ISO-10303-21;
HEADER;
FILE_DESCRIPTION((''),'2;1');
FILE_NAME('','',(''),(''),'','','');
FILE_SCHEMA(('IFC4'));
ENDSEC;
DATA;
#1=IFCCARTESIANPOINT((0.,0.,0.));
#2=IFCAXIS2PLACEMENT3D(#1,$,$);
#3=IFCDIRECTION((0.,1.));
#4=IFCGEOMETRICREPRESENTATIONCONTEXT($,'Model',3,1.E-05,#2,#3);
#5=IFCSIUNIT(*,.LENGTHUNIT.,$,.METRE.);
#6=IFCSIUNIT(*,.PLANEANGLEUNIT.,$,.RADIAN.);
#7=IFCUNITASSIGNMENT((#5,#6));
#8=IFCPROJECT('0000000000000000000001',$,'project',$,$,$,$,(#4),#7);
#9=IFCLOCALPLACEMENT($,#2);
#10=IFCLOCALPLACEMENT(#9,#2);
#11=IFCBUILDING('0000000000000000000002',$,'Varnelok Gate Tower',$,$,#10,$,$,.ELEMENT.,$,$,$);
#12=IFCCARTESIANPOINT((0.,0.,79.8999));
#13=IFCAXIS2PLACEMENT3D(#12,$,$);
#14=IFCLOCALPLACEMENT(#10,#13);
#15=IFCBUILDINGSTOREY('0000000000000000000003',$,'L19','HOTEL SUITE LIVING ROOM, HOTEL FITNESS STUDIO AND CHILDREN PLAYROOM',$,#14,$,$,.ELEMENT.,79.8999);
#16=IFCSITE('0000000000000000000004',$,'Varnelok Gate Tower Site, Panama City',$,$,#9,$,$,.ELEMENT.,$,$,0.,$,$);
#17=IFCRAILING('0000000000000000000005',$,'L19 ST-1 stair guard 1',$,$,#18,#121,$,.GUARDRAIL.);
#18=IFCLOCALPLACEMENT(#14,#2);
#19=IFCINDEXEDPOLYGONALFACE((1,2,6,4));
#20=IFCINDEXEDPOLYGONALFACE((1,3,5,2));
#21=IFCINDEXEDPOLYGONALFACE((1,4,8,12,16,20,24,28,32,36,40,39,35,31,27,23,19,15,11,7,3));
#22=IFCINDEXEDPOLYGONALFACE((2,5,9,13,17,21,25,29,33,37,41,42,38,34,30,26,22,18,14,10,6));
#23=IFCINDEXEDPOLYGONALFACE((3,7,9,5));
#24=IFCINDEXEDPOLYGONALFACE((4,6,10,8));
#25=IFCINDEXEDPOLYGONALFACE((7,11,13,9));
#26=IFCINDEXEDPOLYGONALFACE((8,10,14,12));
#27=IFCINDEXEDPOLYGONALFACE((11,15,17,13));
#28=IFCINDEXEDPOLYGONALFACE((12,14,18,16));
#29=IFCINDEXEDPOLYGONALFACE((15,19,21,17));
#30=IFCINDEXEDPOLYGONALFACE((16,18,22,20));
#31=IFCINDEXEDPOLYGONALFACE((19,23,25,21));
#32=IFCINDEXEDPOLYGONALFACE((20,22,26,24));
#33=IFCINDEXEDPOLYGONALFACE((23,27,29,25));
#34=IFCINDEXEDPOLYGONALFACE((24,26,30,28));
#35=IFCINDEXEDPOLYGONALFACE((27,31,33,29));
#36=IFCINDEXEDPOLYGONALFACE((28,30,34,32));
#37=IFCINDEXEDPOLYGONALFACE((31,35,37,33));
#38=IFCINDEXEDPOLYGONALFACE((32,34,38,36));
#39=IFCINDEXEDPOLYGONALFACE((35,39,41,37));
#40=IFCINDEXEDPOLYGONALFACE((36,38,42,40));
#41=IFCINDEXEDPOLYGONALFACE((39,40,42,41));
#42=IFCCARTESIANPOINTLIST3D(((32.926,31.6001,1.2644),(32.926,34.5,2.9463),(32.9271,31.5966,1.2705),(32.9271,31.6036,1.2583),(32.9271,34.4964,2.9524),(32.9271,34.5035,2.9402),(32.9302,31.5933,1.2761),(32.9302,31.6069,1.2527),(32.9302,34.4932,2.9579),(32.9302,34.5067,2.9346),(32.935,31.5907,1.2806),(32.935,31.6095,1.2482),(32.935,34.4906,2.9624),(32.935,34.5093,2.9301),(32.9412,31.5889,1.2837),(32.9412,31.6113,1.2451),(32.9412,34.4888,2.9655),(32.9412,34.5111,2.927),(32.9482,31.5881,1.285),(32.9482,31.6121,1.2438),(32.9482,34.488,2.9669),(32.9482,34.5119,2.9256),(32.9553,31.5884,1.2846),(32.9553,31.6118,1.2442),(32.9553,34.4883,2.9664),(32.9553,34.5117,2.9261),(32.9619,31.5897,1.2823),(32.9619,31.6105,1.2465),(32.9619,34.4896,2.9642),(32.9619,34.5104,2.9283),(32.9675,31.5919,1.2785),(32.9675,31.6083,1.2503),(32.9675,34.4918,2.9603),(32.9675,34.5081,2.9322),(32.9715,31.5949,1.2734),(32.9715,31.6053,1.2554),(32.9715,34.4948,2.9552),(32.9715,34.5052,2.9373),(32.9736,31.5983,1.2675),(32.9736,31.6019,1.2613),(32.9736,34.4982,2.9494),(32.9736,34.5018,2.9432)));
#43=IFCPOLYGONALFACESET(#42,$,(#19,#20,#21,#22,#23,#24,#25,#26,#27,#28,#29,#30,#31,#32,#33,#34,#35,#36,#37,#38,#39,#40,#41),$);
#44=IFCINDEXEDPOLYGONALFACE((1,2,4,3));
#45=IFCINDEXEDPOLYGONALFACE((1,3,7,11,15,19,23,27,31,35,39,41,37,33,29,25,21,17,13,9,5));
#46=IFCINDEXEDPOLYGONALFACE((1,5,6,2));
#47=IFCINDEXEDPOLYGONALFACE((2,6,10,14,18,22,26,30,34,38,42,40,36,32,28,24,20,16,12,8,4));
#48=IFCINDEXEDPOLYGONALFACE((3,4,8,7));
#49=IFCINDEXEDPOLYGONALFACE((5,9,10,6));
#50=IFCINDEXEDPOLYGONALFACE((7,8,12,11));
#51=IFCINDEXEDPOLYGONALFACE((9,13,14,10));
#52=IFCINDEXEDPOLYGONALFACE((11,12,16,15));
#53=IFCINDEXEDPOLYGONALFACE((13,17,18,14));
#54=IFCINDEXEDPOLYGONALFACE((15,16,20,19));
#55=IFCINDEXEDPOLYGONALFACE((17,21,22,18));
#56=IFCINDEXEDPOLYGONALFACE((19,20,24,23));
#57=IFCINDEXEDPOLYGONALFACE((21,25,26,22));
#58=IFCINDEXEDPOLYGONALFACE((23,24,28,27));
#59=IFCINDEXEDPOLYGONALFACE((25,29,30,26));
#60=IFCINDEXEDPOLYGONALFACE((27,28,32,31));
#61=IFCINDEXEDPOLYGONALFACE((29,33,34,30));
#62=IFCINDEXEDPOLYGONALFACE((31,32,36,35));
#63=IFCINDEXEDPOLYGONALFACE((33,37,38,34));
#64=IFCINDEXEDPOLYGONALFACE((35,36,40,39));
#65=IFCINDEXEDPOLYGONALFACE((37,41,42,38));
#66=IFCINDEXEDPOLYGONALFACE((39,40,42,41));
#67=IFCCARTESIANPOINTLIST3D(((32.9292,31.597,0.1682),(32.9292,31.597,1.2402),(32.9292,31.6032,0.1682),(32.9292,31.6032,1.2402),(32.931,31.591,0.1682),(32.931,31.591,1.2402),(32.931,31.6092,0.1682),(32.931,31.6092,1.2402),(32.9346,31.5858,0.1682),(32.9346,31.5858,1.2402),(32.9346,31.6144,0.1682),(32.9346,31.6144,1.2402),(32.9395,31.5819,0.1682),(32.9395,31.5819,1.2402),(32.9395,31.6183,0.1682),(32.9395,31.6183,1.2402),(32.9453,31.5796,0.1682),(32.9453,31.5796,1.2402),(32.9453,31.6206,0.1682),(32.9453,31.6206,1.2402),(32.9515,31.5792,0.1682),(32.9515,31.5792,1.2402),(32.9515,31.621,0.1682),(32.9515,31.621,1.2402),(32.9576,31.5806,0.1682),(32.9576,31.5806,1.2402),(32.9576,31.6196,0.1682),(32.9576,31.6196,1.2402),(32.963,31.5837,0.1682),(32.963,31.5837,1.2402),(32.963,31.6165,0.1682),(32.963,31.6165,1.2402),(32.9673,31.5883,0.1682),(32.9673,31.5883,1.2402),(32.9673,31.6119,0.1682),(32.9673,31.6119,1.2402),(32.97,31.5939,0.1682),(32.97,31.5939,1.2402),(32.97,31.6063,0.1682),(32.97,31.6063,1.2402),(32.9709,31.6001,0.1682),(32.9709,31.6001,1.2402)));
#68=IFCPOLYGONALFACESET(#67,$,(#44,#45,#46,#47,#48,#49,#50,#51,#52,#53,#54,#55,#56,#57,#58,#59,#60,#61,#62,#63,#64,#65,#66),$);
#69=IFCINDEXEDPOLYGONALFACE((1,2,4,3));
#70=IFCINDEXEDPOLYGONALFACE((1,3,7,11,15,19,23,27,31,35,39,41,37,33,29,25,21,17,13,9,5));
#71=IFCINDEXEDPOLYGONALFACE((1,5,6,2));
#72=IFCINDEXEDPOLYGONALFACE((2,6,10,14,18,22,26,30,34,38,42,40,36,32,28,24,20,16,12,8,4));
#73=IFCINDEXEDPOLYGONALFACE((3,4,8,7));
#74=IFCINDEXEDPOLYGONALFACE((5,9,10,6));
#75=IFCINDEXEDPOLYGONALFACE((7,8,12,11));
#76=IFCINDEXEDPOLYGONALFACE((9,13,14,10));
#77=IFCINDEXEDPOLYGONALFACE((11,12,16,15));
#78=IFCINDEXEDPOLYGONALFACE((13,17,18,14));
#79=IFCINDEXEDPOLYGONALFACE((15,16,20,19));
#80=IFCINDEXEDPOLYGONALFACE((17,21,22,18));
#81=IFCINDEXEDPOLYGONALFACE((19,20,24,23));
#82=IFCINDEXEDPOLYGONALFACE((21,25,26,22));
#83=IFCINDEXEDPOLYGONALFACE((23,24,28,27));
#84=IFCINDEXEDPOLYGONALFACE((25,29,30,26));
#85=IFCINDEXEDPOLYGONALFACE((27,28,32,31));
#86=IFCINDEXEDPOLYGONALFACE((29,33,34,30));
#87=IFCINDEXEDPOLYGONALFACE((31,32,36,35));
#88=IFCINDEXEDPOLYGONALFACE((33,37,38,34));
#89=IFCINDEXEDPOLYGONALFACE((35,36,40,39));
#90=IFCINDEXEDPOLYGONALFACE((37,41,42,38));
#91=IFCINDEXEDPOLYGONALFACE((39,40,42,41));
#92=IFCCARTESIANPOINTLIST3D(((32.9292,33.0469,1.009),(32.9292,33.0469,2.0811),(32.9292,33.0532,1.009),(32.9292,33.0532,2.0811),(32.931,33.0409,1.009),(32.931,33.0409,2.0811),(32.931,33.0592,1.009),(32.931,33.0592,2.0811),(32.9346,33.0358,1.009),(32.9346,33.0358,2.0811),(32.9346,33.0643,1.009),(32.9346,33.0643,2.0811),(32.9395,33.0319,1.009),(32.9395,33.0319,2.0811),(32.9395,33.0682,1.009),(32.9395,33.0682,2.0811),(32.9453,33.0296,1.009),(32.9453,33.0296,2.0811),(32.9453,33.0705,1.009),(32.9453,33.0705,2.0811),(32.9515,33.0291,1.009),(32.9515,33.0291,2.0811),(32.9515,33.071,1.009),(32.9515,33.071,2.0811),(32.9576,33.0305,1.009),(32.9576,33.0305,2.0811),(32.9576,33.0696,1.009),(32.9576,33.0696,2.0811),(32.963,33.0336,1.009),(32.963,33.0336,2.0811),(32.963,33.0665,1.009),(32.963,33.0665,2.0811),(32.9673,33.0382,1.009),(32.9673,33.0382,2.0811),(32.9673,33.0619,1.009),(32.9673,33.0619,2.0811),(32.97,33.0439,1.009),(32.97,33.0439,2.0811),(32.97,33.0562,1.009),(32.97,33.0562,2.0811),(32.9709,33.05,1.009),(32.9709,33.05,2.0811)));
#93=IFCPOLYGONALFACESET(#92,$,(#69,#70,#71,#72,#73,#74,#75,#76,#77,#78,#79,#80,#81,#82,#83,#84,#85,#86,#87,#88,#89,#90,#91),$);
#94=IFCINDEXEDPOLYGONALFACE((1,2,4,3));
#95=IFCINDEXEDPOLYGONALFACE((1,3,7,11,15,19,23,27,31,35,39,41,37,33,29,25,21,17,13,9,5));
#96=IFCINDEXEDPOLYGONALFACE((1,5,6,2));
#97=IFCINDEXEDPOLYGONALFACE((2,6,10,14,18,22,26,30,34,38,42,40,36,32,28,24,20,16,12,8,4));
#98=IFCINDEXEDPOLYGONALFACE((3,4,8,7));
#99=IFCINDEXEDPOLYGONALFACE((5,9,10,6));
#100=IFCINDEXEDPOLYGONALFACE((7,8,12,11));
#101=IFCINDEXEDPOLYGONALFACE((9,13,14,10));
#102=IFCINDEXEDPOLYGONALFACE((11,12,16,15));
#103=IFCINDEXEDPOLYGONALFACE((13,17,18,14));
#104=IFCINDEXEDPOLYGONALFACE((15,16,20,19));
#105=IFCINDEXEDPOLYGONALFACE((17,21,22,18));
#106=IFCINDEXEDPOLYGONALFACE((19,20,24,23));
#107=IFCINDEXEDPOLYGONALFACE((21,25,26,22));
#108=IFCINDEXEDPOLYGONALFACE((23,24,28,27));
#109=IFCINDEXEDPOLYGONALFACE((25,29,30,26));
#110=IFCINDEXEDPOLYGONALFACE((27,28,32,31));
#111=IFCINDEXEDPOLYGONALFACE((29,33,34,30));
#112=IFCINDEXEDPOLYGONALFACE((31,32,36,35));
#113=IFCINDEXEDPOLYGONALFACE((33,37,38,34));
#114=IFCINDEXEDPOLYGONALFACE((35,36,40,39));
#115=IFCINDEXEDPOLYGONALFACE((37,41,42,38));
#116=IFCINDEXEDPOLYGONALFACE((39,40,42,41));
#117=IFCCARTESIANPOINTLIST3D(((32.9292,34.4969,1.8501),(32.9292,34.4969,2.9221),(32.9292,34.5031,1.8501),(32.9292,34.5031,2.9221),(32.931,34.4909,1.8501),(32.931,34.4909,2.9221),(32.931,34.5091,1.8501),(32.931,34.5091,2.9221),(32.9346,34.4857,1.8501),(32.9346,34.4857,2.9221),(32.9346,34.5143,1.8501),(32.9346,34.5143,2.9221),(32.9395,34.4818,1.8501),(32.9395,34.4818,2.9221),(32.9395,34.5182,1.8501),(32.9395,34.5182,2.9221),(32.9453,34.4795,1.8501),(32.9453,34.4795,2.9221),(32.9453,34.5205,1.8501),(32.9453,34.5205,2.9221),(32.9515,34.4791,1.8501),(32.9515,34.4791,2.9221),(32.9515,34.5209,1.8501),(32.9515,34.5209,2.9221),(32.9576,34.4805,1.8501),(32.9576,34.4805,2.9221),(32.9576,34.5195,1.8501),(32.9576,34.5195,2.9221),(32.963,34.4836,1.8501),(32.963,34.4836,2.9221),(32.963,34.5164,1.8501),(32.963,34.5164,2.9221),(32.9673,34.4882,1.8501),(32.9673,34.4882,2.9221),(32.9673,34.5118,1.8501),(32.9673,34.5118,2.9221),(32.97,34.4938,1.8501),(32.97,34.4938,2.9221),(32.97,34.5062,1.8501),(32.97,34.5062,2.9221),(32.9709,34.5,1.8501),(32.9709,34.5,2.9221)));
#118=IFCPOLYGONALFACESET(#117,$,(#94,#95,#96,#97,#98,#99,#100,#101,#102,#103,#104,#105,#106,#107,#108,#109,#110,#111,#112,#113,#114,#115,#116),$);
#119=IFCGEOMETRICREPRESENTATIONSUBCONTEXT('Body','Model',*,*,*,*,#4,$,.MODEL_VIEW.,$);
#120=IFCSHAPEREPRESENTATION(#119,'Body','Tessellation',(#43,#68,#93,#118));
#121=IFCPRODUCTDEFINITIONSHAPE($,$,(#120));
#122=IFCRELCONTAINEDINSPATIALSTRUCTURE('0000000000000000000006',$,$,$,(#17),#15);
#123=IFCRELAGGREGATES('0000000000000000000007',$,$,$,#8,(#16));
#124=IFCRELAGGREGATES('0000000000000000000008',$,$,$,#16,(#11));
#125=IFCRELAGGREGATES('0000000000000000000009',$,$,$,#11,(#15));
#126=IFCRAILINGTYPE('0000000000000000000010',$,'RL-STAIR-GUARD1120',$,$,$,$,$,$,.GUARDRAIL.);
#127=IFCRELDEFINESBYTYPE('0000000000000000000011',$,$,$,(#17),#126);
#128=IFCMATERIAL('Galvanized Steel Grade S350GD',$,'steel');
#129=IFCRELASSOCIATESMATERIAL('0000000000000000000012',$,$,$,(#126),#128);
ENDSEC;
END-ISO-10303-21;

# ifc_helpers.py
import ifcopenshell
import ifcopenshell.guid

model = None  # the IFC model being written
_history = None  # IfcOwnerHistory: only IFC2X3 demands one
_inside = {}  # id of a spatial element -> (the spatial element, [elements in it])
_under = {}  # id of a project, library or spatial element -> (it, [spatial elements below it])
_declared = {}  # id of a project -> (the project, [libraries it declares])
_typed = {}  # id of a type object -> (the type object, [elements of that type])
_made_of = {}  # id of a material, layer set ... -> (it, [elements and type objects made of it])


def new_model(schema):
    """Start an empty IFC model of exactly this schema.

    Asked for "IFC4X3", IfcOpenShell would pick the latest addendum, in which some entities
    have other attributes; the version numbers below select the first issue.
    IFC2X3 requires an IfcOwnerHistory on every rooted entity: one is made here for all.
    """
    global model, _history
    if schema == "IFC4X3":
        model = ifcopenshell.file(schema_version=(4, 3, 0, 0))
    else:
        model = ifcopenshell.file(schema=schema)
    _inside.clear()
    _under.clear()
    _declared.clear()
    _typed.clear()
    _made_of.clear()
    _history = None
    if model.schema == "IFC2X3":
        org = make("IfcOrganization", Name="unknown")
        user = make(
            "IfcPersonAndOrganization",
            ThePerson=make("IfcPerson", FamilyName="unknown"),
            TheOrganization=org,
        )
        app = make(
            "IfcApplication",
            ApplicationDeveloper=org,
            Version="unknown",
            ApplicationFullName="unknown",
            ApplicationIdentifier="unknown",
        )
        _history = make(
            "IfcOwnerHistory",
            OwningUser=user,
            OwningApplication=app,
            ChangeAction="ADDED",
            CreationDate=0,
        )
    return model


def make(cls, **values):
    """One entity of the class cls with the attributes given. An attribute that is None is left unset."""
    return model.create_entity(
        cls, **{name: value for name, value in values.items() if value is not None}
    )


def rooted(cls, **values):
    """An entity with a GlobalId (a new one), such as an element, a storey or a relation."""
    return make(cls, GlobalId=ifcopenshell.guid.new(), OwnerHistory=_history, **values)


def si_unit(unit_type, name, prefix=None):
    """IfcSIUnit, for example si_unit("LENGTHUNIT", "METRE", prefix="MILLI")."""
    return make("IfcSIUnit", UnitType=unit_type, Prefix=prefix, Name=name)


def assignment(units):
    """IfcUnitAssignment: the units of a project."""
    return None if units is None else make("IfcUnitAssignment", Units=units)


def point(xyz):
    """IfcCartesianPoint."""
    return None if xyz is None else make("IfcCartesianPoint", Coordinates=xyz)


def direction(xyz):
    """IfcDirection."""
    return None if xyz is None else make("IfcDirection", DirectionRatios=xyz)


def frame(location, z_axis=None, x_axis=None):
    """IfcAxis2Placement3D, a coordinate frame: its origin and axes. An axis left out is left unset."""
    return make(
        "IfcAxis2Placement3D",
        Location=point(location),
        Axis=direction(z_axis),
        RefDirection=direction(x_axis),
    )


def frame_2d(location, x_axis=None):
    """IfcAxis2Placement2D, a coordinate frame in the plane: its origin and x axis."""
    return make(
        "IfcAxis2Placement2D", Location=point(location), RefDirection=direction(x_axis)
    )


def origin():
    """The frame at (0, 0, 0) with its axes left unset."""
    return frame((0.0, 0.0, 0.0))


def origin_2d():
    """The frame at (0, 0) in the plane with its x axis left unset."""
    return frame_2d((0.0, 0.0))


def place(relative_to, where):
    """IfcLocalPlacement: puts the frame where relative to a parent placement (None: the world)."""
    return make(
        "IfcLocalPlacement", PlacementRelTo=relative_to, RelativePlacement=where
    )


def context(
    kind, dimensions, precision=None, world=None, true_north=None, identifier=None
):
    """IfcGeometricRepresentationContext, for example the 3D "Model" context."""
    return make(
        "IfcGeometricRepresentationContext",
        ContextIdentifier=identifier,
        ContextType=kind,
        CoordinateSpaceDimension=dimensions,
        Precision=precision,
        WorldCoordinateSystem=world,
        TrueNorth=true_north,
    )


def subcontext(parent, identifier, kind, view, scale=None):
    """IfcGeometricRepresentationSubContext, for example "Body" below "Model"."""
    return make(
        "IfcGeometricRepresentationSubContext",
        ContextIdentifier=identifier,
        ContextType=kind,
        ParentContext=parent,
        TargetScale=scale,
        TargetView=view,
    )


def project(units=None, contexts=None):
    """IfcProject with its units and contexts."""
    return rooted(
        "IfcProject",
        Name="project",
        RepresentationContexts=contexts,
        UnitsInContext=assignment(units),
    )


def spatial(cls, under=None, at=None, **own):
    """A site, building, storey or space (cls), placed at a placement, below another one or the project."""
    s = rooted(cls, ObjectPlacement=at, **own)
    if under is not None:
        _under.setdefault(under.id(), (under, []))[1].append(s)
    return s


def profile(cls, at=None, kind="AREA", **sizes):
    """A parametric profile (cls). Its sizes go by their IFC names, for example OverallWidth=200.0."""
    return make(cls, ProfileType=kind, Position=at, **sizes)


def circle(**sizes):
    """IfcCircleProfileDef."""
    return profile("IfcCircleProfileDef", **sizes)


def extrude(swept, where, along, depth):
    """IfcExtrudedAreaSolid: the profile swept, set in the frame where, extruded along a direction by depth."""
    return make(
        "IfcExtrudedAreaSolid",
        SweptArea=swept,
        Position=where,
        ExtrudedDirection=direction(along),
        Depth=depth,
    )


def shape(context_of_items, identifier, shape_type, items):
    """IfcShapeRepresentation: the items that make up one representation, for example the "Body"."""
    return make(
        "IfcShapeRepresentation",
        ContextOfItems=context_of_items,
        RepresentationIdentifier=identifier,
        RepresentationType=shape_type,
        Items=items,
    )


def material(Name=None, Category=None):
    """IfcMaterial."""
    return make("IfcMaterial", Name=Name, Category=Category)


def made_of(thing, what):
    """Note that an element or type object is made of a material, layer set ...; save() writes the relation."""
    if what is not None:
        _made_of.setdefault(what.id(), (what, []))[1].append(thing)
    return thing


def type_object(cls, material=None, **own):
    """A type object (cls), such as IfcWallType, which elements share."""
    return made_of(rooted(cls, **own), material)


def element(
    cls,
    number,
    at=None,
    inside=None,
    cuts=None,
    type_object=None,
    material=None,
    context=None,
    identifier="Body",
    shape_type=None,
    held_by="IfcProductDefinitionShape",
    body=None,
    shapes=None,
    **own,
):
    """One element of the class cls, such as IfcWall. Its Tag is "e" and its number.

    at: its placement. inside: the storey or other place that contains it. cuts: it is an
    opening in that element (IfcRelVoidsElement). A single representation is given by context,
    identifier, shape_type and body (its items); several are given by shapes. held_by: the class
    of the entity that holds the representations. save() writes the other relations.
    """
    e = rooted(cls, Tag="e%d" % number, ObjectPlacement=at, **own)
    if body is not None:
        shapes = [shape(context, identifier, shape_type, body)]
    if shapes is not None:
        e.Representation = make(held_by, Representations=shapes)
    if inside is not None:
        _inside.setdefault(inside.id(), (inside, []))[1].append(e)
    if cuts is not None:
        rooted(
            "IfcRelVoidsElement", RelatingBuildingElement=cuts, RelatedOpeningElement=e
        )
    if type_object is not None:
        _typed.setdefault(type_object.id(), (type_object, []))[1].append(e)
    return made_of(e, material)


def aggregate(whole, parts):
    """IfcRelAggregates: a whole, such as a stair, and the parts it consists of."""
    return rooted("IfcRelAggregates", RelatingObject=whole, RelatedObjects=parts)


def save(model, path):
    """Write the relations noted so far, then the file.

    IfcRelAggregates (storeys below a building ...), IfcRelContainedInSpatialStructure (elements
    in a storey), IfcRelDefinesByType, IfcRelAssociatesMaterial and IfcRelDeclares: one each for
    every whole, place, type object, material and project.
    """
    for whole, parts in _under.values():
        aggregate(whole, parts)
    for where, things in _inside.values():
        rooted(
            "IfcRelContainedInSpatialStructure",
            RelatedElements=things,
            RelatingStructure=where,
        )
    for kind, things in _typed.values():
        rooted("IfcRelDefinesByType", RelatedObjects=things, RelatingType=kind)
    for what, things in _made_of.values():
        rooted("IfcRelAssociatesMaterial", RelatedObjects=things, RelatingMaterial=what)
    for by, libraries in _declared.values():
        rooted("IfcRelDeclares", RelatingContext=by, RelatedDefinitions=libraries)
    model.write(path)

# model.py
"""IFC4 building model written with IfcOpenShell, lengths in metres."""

from ifc_helpers import new_model, si_unit, direction, frame, origin, origin_2d, place, context, subcontext, project, spatial, circle, extrude, material, type_object, element, save


model = new_model("IFC4")

# Units and contexts
model_context = context("Model", 3, precision=1e-05, world=origin(), true_north=direction((0.0, 1.0)))
body_context = subcontext(model_context, "Body", "Model", "MODEL_VIEW")
ifc_project = project(units=[si_unit("LENGTHUNIT", "METRE"), si_unit("PLANEANGLEUNIT", "RADIAN")], contexts=[model_context])

# Site, building, storey
site_placement = place(None, origin())
site = spatial("IfcSite", under=ifc_project, at=site_placement, Name="Varnelok Gate Tower Site, Panama City", CompositionType="ELEMENT", RefElevation=0.0)
building_placement = place(site_placement, origin())
building = spatial("IfcBuilding", under=site, at=building_placement, Name="Varnelok Gate Tower", CompositionType="ELEMENT")
storey_placement = place(building_placement, frame((0.0, 0.0, 79.8999)))
storey = spatial("IfcBuildingStorey", under=building, at=storey_placement, Name="L19", Description="HOTEL SUITE LIVING ROOM, HOTEL FITNESS STUDIO AND CHILDREN PLAYROOM", CompositionType="ELEMENT", Elevation=79.8999)

# Shared definitions
ifc_material_1 = material(Name="Galvanized Steel Grade S350GD", Category="steel")

# Railing
railing_type_1 = type_object("IfcRailingType", Name="RL-STAIR-GUARD1120", PredefinedType="GUARDRAIL", material=ifc_material_1)
railing_1_placement = place(storey_placement, frame((32.95, 31.6001, 0.1682)))
element("IfcRailing", 1, at=railing_1_placement, inside=storey, type_object=railing_type_1, Name="L19 ST-1 stair guard 1", PredefinedType="GUARDRAIL", context=body_context, shape_type="SweptSolid", body=[
    extrude(circle(Radius=0.0239, at=origin_2d()), frame((0.0, 0.0, 1.0962), z_axis=(0.0, 0.865039, 0.501705), x_axis=(-1.0, 0.0, 0.0)), (0.0, 0.0, 1.0), 3.3523),
    extrude(circle(Radius=0.021, at=origin_2d()), origin(), (0.0, 0.0, 1.0), 1.072),
    extrude(circle(Radius=0.021, at=origin_2d()), frame((0.0, 1.45, 0.8408)), (0.0, 0.0, 1.0), 1.072),
    extrude(circle(Radius=0.021, at=origin_2d()), frame((0.0, 2.8999, 1.6819)), (0.0, 0.0, 1.0), 1.072),
])

save(model, "model.ifc")
